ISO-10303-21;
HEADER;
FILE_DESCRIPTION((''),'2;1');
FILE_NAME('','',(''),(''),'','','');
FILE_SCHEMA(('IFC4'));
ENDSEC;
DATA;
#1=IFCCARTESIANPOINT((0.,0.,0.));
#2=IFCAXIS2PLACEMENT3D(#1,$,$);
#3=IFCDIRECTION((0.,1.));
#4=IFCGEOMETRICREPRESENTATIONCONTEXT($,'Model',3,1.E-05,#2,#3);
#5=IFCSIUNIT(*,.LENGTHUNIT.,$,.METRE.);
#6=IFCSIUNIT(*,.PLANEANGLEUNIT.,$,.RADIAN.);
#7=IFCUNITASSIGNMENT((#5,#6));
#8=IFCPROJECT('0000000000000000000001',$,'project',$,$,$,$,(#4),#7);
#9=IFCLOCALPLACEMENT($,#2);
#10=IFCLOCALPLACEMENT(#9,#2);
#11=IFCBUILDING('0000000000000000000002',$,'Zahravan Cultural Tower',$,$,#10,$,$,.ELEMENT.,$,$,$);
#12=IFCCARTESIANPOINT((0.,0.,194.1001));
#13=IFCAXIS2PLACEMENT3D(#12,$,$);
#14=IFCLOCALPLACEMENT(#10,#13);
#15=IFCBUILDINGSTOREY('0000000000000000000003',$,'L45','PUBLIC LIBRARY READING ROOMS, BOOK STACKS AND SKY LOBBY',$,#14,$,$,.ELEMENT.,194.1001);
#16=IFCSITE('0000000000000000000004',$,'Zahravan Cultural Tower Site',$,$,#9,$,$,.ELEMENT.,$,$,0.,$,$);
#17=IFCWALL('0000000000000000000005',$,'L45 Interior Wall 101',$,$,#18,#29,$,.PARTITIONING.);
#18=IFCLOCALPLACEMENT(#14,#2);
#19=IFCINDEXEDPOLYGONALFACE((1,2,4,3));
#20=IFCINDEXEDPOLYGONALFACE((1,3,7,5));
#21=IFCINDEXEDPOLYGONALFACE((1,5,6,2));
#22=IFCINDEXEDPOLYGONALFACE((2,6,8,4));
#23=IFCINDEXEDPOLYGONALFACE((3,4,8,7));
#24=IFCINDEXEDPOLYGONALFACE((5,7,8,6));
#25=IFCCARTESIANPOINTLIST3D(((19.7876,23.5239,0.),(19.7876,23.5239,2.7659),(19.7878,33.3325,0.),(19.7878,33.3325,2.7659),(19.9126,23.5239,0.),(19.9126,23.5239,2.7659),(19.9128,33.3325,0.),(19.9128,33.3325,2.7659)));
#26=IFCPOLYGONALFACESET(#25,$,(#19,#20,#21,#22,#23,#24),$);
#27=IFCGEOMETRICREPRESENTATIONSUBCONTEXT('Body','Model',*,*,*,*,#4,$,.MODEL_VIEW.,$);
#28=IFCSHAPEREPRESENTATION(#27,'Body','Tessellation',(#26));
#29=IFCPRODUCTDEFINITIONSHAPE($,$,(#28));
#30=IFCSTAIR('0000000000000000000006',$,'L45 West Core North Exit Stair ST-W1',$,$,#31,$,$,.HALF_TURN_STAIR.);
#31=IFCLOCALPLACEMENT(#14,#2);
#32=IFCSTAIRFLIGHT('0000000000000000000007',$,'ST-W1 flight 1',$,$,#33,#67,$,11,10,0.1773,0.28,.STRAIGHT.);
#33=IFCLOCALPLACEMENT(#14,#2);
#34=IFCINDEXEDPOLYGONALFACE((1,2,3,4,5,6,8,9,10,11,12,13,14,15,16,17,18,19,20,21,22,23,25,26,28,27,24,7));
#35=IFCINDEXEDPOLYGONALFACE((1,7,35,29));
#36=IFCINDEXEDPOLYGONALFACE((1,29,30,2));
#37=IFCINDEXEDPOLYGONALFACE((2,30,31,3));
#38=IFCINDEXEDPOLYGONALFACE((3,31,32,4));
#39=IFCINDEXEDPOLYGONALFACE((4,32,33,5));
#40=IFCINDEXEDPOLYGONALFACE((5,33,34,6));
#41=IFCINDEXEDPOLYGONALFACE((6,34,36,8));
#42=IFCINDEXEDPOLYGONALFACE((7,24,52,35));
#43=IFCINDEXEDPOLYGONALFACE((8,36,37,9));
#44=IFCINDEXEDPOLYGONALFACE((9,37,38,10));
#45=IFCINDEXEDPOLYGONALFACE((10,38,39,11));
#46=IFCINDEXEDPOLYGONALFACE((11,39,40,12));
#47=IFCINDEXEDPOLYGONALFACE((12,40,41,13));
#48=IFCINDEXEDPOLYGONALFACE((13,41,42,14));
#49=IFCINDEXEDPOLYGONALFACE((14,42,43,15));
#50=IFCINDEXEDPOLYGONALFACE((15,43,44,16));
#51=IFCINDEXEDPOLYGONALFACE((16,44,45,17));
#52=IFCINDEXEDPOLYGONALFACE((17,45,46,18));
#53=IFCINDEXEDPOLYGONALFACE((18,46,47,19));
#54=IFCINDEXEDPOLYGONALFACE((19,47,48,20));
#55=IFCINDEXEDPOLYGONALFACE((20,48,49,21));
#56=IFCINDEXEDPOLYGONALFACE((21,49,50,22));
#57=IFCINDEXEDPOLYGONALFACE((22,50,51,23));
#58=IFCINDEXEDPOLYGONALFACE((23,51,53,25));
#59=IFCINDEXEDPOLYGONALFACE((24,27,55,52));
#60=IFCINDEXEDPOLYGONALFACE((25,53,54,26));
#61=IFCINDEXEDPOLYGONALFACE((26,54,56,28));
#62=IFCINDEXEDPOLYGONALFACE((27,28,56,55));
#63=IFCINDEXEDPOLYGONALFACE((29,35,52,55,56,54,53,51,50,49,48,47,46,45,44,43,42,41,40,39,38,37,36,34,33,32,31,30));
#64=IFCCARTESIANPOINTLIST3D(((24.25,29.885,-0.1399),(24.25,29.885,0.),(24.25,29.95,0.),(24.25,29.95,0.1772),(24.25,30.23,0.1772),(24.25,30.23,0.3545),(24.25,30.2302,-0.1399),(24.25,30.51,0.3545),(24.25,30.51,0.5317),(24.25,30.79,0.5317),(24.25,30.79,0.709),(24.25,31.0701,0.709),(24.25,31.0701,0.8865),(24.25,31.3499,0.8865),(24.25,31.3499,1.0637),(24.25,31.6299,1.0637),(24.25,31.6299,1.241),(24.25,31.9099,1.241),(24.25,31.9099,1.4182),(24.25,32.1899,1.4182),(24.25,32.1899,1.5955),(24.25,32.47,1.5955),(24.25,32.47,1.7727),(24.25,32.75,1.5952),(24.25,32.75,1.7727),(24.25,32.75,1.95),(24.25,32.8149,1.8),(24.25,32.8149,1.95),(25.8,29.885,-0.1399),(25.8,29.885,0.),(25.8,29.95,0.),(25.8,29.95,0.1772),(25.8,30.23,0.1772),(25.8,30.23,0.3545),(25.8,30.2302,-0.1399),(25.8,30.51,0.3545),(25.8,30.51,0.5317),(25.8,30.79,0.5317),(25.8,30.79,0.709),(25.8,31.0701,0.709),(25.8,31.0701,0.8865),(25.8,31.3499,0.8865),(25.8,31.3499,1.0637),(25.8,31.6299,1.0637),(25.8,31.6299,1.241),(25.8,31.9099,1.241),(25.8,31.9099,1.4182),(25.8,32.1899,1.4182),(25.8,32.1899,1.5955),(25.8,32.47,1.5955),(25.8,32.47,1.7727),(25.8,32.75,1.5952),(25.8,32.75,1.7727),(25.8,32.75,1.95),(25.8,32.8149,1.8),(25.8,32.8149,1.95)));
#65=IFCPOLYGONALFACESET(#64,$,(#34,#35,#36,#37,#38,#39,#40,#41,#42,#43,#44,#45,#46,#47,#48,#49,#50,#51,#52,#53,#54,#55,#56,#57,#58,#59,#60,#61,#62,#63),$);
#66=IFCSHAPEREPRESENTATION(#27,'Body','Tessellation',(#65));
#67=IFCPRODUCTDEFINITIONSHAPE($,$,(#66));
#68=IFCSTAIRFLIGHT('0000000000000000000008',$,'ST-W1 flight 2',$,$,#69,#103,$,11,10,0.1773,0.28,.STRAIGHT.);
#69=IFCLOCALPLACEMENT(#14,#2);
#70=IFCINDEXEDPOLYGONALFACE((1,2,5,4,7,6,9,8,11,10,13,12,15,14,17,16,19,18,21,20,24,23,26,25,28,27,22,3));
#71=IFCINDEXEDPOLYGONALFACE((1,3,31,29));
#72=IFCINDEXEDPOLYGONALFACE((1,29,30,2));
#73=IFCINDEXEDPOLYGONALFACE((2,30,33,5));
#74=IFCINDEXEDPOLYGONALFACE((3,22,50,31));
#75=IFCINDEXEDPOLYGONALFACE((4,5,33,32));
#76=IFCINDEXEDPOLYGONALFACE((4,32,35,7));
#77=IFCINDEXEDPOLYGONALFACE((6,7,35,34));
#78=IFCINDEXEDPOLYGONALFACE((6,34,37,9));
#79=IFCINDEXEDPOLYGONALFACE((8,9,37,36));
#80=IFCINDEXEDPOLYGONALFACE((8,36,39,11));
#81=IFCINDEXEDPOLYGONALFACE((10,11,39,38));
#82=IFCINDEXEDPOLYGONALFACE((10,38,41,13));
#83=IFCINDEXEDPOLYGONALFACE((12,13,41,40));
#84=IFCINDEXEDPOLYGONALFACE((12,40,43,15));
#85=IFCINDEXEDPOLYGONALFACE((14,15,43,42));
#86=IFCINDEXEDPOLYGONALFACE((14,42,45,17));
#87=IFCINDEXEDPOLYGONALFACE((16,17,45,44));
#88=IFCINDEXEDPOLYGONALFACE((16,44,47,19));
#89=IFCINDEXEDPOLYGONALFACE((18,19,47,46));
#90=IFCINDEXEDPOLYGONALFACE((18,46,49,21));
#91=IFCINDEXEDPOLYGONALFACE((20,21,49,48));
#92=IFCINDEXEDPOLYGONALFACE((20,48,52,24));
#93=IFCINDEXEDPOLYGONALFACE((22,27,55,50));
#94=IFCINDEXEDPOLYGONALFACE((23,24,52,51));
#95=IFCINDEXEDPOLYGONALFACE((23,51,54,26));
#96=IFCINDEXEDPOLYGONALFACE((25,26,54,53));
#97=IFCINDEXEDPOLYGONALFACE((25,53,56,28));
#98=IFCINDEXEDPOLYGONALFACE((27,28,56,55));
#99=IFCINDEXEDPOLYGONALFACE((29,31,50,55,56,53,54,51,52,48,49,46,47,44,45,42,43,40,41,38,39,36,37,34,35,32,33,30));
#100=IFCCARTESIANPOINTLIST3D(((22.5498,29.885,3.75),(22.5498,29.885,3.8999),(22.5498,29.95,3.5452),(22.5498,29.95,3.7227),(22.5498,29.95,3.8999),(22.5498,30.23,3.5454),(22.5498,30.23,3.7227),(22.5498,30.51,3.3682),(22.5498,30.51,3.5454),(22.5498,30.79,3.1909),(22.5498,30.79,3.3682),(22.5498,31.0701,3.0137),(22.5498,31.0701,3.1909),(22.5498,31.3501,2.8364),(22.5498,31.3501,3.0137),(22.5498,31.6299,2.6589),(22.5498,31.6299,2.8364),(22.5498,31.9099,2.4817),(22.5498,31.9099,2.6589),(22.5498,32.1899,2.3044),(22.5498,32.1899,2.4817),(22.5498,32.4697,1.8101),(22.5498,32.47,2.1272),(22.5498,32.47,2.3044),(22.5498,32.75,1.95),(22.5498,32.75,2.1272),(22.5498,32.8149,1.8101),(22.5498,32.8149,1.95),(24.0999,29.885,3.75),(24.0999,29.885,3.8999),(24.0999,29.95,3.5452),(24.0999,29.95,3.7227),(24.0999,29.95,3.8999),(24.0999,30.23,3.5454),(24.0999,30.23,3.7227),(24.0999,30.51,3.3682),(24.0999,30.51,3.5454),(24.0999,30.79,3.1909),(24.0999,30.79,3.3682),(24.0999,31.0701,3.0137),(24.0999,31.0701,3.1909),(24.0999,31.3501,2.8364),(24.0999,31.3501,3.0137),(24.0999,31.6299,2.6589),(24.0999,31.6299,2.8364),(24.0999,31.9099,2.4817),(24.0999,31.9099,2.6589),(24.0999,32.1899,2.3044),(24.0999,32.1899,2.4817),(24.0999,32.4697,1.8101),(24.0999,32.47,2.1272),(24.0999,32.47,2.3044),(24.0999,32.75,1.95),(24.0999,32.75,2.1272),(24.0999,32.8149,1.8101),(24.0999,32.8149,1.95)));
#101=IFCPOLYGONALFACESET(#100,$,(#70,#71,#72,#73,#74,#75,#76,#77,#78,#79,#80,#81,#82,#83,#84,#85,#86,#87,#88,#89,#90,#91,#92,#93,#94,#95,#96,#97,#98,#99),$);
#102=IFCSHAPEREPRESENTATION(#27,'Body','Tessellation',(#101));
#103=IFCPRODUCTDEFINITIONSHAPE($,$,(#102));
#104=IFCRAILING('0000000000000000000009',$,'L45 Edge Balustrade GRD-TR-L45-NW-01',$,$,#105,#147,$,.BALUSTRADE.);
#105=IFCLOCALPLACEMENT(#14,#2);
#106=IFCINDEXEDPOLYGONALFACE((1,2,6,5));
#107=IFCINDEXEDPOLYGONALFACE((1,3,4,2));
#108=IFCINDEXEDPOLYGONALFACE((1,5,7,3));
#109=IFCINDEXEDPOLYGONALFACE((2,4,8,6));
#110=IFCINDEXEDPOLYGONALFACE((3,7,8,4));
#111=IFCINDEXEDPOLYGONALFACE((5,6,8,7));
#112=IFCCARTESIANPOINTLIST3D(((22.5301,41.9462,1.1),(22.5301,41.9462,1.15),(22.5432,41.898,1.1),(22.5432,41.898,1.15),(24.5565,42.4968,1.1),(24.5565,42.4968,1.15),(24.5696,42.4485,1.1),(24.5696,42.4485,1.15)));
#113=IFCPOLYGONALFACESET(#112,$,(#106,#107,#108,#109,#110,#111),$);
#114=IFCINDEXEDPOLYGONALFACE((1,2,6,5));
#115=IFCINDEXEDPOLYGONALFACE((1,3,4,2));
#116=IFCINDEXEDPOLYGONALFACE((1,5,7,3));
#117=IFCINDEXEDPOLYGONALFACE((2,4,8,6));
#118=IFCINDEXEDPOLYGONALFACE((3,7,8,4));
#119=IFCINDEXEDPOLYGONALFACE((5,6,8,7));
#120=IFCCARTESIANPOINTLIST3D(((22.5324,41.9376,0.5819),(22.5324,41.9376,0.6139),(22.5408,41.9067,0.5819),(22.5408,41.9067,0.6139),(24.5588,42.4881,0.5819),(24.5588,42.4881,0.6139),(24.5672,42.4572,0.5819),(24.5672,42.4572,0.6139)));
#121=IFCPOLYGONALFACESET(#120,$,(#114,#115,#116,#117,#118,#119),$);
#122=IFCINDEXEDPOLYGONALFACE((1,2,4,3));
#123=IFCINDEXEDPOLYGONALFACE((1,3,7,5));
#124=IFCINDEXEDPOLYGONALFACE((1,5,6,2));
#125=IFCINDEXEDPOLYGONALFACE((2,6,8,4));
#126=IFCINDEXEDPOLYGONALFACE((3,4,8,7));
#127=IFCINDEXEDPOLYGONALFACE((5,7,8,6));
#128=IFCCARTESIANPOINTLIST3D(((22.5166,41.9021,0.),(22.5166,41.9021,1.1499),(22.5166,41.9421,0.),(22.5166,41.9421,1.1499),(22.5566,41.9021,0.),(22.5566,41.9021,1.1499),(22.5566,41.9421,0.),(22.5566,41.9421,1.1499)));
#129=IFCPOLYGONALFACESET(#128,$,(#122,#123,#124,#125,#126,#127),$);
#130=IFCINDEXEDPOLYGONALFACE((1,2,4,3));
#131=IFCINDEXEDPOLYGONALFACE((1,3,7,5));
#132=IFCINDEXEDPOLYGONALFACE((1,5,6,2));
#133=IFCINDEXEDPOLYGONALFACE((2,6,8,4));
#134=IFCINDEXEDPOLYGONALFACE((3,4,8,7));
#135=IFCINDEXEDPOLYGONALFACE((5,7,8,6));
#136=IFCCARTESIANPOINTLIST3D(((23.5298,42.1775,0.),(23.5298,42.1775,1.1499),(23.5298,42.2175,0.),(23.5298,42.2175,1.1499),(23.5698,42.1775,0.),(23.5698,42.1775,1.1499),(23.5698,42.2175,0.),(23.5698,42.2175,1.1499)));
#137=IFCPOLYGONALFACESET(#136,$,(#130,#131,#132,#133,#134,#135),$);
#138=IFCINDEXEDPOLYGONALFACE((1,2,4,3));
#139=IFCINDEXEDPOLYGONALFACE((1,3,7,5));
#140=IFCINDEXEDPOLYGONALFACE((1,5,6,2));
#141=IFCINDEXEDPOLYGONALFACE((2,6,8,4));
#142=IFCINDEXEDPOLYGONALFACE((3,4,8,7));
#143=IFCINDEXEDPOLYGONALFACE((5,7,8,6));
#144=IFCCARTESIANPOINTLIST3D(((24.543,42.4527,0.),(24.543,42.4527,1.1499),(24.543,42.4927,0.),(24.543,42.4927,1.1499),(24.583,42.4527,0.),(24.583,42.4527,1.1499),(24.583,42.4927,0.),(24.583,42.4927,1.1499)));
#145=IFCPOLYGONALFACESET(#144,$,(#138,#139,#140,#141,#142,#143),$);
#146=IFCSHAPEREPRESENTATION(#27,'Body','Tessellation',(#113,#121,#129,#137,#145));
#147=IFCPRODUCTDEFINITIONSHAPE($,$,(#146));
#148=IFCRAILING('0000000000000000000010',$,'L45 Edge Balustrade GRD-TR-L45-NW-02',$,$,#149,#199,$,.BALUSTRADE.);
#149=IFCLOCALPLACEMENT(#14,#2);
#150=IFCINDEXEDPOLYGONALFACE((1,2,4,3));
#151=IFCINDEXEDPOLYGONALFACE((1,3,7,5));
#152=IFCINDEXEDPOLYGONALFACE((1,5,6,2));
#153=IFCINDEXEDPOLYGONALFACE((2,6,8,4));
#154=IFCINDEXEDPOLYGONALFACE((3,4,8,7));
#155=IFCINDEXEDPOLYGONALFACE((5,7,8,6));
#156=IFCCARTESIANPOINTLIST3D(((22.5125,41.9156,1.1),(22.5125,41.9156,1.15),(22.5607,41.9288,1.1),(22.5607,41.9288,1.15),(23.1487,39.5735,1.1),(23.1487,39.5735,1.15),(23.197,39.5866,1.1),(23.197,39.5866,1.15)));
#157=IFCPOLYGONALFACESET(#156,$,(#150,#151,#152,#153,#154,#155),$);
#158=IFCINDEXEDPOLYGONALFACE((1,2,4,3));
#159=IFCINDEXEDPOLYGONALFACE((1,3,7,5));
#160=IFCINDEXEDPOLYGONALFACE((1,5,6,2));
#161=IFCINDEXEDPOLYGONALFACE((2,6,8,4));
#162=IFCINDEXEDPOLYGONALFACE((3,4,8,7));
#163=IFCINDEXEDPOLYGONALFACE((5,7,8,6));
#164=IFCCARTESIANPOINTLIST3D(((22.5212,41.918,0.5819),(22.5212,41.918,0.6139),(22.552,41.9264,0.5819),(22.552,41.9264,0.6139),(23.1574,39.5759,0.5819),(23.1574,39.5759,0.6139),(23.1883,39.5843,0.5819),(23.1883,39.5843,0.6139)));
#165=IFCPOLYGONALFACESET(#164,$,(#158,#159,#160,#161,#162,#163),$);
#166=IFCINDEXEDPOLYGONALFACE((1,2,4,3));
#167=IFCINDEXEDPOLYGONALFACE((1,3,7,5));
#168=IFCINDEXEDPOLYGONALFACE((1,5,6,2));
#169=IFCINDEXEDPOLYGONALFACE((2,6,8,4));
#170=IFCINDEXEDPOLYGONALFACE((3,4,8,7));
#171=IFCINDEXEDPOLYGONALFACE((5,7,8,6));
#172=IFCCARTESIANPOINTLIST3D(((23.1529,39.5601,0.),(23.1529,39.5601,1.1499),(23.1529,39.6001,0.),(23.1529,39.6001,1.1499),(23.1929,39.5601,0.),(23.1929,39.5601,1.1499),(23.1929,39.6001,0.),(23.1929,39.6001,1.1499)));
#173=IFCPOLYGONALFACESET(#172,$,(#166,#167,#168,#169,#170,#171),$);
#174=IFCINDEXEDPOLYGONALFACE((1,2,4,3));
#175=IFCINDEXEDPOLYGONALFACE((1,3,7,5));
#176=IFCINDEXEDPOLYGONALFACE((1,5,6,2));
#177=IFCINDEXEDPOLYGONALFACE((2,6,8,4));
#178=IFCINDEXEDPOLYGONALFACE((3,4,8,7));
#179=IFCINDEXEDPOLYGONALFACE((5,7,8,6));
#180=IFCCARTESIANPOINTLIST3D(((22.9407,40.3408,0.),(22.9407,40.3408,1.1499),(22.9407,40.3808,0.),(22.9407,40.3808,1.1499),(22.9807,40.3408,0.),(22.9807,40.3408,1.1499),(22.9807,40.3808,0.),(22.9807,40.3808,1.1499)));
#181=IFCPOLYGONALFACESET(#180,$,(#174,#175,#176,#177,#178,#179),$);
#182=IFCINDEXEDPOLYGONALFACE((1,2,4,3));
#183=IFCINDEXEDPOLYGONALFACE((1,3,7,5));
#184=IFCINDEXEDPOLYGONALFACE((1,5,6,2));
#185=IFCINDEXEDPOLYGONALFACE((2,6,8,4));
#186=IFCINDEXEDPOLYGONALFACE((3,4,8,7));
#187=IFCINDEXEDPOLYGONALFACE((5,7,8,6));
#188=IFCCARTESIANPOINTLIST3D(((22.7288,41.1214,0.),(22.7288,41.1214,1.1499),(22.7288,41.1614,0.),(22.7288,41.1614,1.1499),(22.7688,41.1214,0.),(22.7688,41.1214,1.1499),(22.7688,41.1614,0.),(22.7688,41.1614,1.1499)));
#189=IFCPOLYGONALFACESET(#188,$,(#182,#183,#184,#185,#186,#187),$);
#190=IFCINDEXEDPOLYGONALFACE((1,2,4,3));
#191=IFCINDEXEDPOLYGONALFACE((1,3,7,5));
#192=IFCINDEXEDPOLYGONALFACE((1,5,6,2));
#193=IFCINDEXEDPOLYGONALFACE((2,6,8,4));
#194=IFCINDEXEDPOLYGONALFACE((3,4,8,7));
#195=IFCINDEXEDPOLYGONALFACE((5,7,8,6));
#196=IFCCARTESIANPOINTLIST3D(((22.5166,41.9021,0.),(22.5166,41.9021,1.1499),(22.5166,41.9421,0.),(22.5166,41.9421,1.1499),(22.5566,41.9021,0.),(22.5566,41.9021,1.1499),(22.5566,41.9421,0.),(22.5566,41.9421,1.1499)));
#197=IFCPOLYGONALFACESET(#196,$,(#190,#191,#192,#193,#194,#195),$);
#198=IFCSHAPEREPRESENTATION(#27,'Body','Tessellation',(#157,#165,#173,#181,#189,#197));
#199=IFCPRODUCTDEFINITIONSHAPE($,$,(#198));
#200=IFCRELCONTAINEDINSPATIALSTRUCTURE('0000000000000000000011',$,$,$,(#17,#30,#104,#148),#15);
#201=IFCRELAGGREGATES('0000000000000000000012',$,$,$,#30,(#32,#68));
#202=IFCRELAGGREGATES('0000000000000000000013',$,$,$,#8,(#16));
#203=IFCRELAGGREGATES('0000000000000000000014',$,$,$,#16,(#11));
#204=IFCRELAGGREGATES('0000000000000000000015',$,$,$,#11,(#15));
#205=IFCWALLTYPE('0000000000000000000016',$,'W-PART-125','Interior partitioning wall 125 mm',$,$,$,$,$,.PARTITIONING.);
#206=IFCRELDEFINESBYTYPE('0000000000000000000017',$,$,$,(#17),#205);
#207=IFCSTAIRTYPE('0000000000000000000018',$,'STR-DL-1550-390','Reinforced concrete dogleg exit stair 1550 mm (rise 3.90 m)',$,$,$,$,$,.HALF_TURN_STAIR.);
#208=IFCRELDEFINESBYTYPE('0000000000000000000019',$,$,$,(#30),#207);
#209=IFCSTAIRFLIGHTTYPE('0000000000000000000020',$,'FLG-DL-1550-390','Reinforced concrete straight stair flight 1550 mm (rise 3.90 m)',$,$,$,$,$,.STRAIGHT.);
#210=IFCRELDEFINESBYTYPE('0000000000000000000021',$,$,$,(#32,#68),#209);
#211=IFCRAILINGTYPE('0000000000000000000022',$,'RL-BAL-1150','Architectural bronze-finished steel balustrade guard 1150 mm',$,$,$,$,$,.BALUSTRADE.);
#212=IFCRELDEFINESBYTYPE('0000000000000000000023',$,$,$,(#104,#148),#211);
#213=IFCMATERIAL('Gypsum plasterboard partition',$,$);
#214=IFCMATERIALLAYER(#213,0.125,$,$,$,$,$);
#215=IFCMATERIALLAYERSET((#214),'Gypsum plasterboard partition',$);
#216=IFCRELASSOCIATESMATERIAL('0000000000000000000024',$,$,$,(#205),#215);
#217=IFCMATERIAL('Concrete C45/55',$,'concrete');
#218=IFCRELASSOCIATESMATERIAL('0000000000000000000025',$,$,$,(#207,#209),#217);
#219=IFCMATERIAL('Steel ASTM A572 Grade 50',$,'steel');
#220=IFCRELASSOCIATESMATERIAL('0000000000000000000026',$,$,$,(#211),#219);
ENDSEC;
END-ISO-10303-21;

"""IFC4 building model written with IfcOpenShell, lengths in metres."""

from ifc_helpers import new_model, si_unit, direction, frame, frame_2d, origin, origin_2d, place, context, subcontext, project, spatial, polyline, rectangle, outline, extrude, source, transform, mapped, material, layer, layer_set, type_object, element, aggregate, save


model = new_model("IFC4")

# Units and contexts
model_context = context("Model", 3, precision=1e-05, world=origin(), true_north=direction((0.0, 1.0)))
body_context = subcontext(model_context, "Body", "Model", "MODEL_VIEW")
ifc_project = project(units=[si_unit("LENGTHUNIT", "METRE"), si_unit("PLANEANGLEUNIT", "RADIAN")], contexts=[model_context])

# Site, building, storey
site_placement = place(None, origin())
site = spatial("IfcSite", under=ifc_project, at=site_placement, Name="Zahravan Cultural Tower Site", CompositionType="ELEMENT", RefElevation=0.0)
building_placement = place(site_placement, origin())
building = spatial("IfcBuilding", under=site, at=building_placement, Name="Zahravan Cultural Tower", CompositionType="ELEMENT")
storey_placement = place(building_placement, frame((0.0, 0.0, 194.1001)))
storey = spatial("IfcBuildingStorey", under=building, at=storey_placement, Name="L45", Description="PUBLIC LIBRARY READING ROOMS, BOOK STACKS AND SKY LOBBY", CompositionType="ELEMENT", Elevation=194.1001)

# Wall
ifc_material_1 = material(Name="Concrete C45/55", Category="concrete")
ifc_material_2 = material(Name="Gypsum plasterboard partition")
ifc_layer_1 = layer(ifc_material_2, 0.125)
ifc_layer_set_1 = layer_set([ifc_layer_1], Name="Gypsum plasterboard partition")
wall_type_1 = type_object("IfcWallType", Name="W-PART-125", Description="Interior partitioning wall 125 mm", PredefinedType="PARTITIONING", material=ifc_layer_set_1)
shared_shape_1 = source(origin(), body_context, "Body", "SweptSolid", [
    extrude(rectangle(XDim=9.8086, YDim=0.125, at=frame_2d((4.9043, 0.0))), origin(), (0.0, 0.0, 1.0), 2.7659),
])
wall_1_placement = place(storey_placement, frame((19.8503, 33.3325, 0.0), z_axis=(0.0, 0.0, 1.0), x_axis=(-0.000025, -1.0, 0.0)))
element("IfcWall", 1, at=wall_1_placement, inside=storey, type_object=wall_type_1, Name="L45 Interior Wall 101", PredefinedType="PARTITIONING", context=body_context, shape_type="MappedRepresentation", body=[
    mapped(shared_shape_1, transform((0.0, 0.0, 0.0), x_axis=(1.0, 0.0, 0.0), y_axis=(0.0, 1.0, 0.0), z_axis=(0.0, 0.0, 1.0), scale=1.0)),
])

# Stair, stair flights
stair_type = type_object("IfcStairType", Name="STR-DL-1550-390", Description="Reinforced concrete dogleg exit stair 1550 mm (rise 3.90 m)", PredefinedType="HALF_TURN_STAIR", material=ifc_material_1)
stair_placement = place(storey_placement, origin())
stair = element("IfcStair", 2, at=stair_placement, inside=storey, type_object=stair_type, Name="L45 West Core North Exit Stair ST-W1", PredefinedType="HALF_TURN_STAIR")
stair_flight_type = type_object("IfcStairFlightType", Name="FLG-DL-1550-390", Description="Reinforced concrete straight stair flight 1550 mm (rise 3.90 m)", PredefinedType="STRAIGHT", material=ifc_material_1)
stair_flight_1_placement = place(storey_placement, frame((25.0249, 29.95, 0.0), z_axis=(0.0, 0.0, 1.0), x_axis=(0.0, 1.0, 0.0)))
stair_flight_1 = element("IfcStairFlight", 3, at=stair_flight_1_placement, type_object=stair_flight_type, Name="ST-W1 flight 1", NumberOfRisers=11, NumberOfTreads=10, PredefinedType="STRAIGHT", RiserHeight=0.1773, TreadLength=0.28, context=body_context, shape_type="SweptSolid", body=[
    extrude(outline(polyline([(-0.0649, -0.1399), (-0.0649, 0.0), (0.0, 0.0), (0.0, 0.1772), (0.28, 0.1772), (0.28, 0.3545), (0.5601, 0.3545), (0.5601, 0.5317), (0.8401, 0.5317), (0.8401, 0.709), (1.1201, 0.709), (1.1201, 0.8865), (1.3999, 0.8865), (1.3999, 1.0637), (1.6799, 1.0637), (1.6799, 1.241), (1.96, 1.241), (1.96, 1.4182), (2.24, 1.4182), (2.24, 1.5955), (2.52, 1.5955), (2.52, 1.7727), (2.8, 1.7727), (2.8, 1.95), (2.865, 1.95), (2.865, 1.8), (2.8, 1.5952), (0.2803, -0.1399), (-0.0649, -0.1399)])), frame((0.0, 0.7749, 0.0), z_axis=(0.0, -1.0, 0.0), x_axis=(1.0, 0.0, 0.0)), (0.0, 0.0, 1.0), 1.55),
])
stair_flight_2_placement = place(storey_placement, frame((23.325, 32.75, 1.95), z_axis=(0.0, 0.0, 1.0), x_axis=(0.0, -1.0, 0.0)))
stair_flight_2 = element("IfcStairFlight", 4, at=stair_flight_2_placement, type_object=stair_flight_type, Name="ST-W1 flight 2", NumberOfRisers=11, NumberOfTreads=10, PredefinedType="STRAIGHT", RiserHeight=0.1773, TreadLength=0.28, context=body_context, shape_type="SweptSolid", body=[
    extrude(outline(polyline([(-0.0649, -0.1399), (-0.0649, 0.0), (0.0, 0.0), (0.0, 0.1772), (0.28, 0.1772), (0.28, 0.3545), (0.5601, 0.3545), (0.5601, 0.5317), (0.8401, 0.5317), (0.8401, 0.709), (1.1201, 0.709), (1.1201, 0.8865), (1.3999, 0.8865), (1.3999, 1.0637), (1.6799, 1.0637), (1.6799, 1.241), (1.96, 1.241), (1.96, 1.4182), (2.24, 1.4182), (2.24, 1.5955), (2.52, 1.5955), (2.52, 1.7727), (2.8, 1.7727), (2.8, 1.95), (2.865, 1.95), (2.865, 1.8), (2.8, 1.5952), (0.2803, -0.1399), (-0.0649, -0.1399)])), frame((0.0, 0.7749, 0.0), z_axis=(0.0, -1.0, 0.0), x_axis=(1.0, 0.0, 0.0)), (0.0, 0.0, 1.0), 1.55),
])
aggregate(stair, [stair_flight_1, stair_flight_2])

# Railings
ifc_material_3 = material(Name="Steel ASTM A572 Grade 50", Category="steel")
railing_type_1 = type_object("IfcRailingType", Name="RL-BAL-1150", Description="Architectural bronze-finished steel balustrade guard 1150 mm", PredefinedType="BALUSTRADE", material=ifc_material_3)
railing_1_placement = place(storey_placement, frame((22.5366, 41.9221, 0.0)))
element("IfcRailing", 5, at=railing_1_placement, inside=storey, type_object=railing_type_1, Name="L45 Edge Balustrade GRD-TR-L45-NW-01", PredefinedType="BALUSTRADE", context=body_context, shape_type="SweptSolid", body=[
    extrude(rectangle(XDim=0.05, YDim=0.05, at=origin_2d()), frame((0.0, 0.0, 1.125), z_axis=(0.965018, 0.262183, 0.0), x_axis=(-0.262183, 0.965018, 0.0)), (0.0, 0.0, 1.0), 2.0999),
    extrude(rectangle(XDim=0.032, YDim=0.032, at=origin_2d()), frame((0.0, 0.0, 0.5979), z_axis=(0.965018, 0.262183, 0.0), x_axis=(-0.262183, 0.965018, 0.0)), (0.0, 0.0, 1.0), 2.0999),
    extrude(rectangle(XDim=0.04, YDim=0.04, at=origin_2d()), origin(), (0.0, 0.0, 1.0), 1.1499),
    extrude(rectangle(XDim=0.04, YDim=0.04, at=origin_2d()), frame((1.0132, 0.2754, 0.0)), (0.0, 0.0, 1.0), 1.1499),
    extrude(rectangle(XDim=0.04, YDim=0.04, at=origin_2d()), frame((2.0264, 0.5505, 0.0)), (0.0, 0.0, 1.0), 1.1499),
])
railing_2_placement = place(storey_placement, frame((23.1729, 39.5801, 0.0)))
element("IfcRailing", 6, at=railing_2_placement, inside=storey, type_object=railing_type_1, Name="L45 Edge Balustrade GRD-TR-L45-NW-02", PredefinedType="BALUSTRADE", context=body_context, shape_type="SweptSolid", body=[
    extrude(rectangle(XDim=0.05, YDim=0.05, at=origin_2d()), frame((0.0, 0.0, 1.125), z_axis=(-0.262155, 0.965026, 0.0), x_axis=(-0.965026, -0.262155, 0.0)), (0.0, 0.0, 1.0), 2.427),
    extrude(rectangle(XDim=0.032, YDim=0.032, at=origin_2d()), frame((0.0, 0.0, 0.5979), z_axis=(-0.262155, 0.965026, 0.0), x_axis=(-0.965026, -0.262155, 0.0)), (0.0, 0.0, 1.0), 2.427),
    extrude(rectangle(XDim=0.04, YDim=0.04, at=origin_2d()), origin(), (0.0, 0.0, 1.0), 1.1499),
    extrude(rectangle(XDim=0.04, YDim=0.04, at=origin_2d()), frame((-0.2122, 0.7808, 0.0)), (0.0, 0.0, 1.0), 1.1499),
    extrude(rectangle(XDim=0.04, YDim=0.04, at=origin_2d()), frame((-0.4241, 1.5613, 0.0)), (0.0, 0.0, 1.0), 1.1499),
    extrude(rectangle(XDim=0.04, YDim=0.04, at=origin_2d()), frame((-0.6362, 2.342, 0.0)), (0.0, 0.0, 1.0), 1.1499),
])

save(model, "model.ifc")
